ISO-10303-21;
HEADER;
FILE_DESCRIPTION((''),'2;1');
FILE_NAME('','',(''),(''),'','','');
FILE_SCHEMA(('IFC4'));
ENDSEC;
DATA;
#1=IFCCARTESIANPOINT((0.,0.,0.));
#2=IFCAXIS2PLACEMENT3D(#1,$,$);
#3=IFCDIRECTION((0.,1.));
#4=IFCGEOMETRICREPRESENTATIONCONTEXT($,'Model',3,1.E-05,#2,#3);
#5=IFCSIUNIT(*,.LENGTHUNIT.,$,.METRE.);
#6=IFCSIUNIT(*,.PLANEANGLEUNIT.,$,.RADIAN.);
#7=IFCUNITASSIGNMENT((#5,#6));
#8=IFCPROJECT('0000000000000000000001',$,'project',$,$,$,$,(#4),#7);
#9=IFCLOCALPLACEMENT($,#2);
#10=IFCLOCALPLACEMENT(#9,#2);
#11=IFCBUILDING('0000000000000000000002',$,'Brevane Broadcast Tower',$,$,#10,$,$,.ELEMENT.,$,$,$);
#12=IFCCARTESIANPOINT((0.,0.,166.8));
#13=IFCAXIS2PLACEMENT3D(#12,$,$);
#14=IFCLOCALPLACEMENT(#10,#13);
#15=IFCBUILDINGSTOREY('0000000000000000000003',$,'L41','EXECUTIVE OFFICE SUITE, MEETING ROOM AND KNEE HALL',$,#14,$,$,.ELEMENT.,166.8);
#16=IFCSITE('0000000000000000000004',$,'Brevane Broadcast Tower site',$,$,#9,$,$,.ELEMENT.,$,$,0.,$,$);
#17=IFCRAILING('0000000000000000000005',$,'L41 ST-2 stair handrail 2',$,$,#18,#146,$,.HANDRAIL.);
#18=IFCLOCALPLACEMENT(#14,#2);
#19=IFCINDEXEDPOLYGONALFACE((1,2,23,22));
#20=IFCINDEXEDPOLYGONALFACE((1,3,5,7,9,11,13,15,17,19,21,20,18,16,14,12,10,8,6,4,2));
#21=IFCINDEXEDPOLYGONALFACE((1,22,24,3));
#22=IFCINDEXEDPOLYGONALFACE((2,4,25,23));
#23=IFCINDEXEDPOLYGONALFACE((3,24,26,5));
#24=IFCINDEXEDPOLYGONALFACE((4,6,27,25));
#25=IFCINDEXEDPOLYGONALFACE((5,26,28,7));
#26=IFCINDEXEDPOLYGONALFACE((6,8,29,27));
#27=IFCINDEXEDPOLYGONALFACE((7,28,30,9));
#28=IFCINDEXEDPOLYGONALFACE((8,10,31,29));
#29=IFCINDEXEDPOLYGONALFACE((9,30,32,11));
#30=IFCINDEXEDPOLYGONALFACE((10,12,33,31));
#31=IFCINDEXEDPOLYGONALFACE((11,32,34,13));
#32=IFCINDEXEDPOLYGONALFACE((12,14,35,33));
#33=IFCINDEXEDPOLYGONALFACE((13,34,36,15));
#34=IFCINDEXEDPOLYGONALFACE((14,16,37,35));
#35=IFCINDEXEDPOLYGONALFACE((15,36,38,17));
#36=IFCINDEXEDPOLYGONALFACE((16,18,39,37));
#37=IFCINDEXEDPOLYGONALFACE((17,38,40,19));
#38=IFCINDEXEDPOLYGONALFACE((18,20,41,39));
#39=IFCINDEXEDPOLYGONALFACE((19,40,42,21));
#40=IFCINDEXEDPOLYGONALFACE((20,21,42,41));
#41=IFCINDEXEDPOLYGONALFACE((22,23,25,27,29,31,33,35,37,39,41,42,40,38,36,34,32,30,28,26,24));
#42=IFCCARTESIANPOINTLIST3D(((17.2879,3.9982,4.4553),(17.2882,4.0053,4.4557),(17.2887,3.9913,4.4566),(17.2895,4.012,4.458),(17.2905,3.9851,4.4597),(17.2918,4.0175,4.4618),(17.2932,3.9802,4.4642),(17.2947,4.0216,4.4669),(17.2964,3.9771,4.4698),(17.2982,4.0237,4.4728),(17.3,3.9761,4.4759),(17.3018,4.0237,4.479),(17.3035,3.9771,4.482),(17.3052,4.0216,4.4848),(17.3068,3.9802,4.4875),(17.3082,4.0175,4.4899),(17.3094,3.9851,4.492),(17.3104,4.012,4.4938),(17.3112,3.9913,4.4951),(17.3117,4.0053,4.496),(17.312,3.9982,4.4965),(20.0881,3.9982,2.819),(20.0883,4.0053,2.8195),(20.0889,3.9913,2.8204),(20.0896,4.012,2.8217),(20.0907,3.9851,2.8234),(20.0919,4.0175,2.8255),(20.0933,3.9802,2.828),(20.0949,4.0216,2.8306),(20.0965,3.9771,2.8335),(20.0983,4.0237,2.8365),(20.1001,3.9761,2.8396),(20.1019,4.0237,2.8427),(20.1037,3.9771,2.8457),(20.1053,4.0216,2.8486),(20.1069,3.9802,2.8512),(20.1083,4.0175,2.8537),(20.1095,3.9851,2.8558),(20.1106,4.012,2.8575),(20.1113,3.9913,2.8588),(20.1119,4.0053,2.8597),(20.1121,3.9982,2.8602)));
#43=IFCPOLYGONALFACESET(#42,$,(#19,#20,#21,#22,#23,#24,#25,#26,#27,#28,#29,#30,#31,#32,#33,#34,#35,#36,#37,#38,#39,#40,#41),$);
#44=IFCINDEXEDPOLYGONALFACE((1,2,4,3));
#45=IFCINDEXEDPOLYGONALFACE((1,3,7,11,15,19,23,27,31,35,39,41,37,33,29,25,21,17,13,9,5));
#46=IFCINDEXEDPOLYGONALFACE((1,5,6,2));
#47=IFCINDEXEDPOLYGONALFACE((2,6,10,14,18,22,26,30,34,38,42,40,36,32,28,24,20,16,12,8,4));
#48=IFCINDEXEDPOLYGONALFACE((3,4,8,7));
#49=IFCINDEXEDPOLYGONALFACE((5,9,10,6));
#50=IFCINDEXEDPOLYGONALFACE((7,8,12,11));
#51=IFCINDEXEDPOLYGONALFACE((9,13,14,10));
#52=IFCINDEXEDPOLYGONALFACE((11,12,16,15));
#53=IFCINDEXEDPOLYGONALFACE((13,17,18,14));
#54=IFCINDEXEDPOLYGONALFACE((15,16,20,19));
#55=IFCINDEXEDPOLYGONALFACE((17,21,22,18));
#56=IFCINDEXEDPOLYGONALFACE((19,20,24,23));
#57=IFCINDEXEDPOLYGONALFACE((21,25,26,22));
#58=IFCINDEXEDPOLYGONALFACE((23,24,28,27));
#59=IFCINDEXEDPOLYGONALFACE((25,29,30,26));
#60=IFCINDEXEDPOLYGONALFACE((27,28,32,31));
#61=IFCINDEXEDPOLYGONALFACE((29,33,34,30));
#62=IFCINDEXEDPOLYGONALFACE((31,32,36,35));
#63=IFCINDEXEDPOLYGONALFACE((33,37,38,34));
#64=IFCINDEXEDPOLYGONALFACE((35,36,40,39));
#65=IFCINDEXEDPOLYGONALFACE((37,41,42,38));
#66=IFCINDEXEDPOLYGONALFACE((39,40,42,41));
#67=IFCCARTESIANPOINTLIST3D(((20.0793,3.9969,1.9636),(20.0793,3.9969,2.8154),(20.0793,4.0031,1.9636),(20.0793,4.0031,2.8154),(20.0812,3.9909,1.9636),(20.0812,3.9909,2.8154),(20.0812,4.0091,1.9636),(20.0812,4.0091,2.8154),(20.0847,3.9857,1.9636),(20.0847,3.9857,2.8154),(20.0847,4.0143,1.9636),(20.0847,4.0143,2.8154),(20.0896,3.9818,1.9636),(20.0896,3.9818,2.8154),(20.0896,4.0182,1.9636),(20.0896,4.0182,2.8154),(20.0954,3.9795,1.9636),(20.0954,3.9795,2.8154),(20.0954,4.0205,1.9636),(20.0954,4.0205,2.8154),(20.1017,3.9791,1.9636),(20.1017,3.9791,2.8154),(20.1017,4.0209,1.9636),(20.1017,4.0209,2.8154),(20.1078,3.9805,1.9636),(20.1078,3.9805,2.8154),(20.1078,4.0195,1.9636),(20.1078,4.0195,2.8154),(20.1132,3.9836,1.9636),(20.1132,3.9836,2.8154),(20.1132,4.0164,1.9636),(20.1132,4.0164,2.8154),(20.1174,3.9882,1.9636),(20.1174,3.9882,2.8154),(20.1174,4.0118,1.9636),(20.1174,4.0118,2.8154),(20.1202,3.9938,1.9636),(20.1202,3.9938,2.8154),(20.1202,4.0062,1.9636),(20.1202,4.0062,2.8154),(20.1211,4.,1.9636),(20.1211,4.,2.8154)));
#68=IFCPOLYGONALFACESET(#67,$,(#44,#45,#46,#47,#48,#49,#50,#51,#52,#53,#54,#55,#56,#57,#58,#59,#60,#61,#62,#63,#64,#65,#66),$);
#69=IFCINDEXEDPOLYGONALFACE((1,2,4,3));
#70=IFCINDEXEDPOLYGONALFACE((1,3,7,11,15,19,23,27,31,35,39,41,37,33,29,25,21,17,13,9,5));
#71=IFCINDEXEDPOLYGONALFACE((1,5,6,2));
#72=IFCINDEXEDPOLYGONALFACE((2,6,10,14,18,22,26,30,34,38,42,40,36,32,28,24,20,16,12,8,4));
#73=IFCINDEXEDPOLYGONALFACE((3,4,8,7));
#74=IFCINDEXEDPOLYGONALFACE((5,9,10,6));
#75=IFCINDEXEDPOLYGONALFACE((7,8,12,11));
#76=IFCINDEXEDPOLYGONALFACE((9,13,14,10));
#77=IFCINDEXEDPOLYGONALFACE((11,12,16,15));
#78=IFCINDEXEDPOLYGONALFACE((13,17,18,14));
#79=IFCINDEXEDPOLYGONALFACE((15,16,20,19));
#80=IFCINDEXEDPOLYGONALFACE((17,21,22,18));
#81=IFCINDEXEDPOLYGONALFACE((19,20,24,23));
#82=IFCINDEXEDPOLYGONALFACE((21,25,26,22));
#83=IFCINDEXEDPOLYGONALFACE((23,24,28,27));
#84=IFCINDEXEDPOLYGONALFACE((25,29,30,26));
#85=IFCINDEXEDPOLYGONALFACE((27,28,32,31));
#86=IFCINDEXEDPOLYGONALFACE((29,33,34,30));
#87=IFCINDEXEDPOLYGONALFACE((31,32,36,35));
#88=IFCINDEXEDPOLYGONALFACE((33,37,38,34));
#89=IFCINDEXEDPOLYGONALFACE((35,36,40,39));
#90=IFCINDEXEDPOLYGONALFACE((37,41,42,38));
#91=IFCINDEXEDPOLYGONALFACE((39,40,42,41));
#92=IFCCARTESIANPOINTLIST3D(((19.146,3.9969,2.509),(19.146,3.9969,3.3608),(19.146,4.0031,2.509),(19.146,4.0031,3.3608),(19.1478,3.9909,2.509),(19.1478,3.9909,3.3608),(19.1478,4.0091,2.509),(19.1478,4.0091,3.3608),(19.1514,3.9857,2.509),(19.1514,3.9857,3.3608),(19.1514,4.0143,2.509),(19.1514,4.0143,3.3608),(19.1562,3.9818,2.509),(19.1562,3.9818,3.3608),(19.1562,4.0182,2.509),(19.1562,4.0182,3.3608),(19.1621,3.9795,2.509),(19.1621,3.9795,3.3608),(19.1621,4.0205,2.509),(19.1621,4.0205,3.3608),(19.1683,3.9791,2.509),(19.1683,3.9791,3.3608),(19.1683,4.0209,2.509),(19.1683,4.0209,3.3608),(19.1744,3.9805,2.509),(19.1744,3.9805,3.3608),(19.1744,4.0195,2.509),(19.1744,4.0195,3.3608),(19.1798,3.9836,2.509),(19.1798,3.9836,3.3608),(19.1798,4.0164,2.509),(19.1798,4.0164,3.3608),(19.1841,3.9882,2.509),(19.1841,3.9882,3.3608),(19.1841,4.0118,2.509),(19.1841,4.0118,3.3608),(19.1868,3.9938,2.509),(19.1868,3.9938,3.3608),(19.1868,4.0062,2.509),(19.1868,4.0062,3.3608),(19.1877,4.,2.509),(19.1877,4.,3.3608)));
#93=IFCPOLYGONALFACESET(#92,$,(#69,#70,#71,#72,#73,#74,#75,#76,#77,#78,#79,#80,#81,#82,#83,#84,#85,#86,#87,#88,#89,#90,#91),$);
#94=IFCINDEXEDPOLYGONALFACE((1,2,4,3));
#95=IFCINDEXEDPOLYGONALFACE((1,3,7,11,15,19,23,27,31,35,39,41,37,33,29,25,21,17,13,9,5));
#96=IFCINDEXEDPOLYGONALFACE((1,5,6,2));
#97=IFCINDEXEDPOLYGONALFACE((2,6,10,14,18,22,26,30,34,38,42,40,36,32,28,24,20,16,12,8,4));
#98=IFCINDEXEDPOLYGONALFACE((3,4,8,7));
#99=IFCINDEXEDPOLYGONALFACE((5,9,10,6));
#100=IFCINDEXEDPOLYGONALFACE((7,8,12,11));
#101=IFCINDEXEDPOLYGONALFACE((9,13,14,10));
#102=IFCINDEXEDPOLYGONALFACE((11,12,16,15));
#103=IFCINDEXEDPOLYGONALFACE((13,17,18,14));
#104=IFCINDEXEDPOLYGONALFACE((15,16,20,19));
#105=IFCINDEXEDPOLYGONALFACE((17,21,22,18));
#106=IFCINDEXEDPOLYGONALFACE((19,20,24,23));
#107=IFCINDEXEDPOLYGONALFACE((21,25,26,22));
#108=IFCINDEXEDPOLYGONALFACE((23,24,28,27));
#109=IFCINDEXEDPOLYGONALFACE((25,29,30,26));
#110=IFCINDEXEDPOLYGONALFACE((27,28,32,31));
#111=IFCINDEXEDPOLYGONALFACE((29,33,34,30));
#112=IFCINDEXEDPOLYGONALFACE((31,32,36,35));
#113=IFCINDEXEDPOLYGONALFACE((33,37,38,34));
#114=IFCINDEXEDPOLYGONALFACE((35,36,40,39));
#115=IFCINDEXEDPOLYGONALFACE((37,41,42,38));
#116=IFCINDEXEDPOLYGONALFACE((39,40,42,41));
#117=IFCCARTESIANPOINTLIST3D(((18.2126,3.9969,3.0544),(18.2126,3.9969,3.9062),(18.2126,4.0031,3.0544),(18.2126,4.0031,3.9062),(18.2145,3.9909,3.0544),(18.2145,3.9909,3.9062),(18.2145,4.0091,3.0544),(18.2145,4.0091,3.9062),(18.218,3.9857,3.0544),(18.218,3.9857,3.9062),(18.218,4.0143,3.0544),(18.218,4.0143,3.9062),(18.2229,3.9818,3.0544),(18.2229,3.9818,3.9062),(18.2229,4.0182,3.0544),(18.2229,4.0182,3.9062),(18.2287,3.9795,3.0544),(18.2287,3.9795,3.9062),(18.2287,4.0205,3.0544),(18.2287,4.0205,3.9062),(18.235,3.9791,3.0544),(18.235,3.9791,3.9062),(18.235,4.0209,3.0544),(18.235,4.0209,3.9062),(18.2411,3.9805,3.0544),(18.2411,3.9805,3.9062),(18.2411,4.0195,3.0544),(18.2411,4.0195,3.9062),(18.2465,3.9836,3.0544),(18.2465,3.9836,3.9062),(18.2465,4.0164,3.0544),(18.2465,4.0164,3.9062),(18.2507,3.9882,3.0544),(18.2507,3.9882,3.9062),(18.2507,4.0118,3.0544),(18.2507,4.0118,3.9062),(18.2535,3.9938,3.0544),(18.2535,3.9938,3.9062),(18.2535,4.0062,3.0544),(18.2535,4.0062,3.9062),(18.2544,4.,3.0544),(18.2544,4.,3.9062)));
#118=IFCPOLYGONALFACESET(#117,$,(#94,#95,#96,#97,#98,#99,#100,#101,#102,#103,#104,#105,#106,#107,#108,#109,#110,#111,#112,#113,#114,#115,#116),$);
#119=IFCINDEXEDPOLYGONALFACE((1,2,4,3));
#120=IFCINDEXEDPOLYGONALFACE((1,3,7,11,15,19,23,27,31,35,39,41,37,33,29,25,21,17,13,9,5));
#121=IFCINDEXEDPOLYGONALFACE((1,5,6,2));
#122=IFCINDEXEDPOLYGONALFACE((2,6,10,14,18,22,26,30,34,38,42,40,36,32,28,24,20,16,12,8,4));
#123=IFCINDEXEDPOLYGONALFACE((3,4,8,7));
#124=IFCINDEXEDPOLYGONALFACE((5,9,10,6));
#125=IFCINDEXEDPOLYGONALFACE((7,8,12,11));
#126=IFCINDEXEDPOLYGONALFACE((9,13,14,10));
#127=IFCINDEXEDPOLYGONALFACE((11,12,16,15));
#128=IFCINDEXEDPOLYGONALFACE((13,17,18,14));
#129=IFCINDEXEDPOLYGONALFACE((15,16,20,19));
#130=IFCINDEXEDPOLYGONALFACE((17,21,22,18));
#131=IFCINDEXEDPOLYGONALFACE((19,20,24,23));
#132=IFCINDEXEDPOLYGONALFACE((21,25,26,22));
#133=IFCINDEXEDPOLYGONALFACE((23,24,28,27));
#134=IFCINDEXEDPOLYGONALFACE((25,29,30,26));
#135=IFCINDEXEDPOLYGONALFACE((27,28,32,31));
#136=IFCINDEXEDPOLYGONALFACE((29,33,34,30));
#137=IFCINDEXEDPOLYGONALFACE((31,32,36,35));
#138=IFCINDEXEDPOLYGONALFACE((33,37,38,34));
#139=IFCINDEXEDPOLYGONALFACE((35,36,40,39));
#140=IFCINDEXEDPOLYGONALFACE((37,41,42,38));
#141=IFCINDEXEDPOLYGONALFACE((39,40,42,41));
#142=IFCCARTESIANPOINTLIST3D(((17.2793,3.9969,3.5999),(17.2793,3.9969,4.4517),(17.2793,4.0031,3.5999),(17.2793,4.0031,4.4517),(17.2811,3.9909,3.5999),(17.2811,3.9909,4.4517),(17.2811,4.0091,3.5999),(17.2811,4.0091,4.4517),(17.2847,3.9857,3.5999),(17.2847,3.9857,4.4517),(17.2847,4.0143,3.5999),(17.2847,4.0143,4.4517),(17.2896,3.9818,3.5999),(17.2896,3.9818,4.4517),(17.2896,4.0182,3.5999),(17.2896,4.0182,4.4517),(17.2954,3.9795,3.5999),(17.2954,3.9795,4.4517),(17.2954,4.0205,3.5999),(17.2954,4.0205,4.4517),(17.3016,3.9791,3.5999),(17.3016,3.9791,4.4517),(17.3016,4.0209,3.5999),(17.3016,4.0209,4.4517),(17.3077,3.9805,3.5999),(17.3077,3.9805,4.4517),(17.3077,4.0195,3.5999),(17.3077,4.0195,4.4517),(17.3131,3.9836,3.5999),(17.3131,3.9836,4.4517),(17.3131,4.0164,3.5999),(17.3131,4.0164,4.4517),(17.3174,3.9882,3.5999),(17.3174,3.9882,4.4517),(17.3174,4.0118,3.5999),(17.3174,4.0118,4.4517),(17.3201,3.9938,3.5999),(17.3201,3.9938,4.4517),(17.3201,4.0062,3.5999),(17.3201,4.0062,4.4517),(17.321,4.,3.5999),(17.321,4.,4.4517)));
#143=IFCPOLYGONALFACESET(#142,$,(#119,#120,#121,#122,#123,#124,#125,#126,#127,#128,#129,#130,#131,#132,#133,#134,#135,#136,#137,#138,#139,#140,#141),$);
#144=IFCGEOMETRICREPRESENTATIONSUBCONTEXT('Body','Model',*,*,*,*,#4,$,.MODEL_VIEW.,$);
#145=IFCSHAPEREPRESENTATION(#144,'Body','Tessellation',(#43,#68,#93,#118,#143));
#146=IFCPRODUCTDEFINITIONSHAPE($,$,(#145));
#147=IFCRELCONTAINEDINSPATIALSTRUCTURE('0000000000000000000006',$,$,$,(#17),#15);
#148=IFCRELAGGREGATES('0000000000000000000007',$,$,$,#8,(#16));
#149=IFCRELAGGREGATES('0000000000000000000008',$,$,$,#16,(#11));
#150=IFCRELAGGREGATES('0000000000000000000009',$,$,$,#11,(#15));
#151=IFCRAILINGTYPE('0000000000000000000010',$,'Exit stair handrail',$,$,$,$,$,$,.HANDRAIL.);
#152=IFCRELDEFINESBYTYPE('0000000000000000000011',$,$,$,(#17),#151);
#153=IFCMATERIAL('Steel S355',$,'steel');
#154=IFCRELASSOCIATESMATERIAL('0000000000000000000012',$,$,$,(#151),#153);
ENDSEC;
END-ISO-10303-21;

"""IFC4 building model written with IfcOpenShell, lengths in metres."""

from ifc_helpers import new_model, si_unit, direction, frame, origin, origin_2d, place, context, subcontext, project, spatial, circle, extrude, material, type_object, element, save


model = new_model("IFC4")

# Units and contexts
model_context = context("Model", 3, precision=1e-05, world=origin(), true_north=direction((0.0, 1.0)))
body_context = subcontext(model_context, "Body", "Model", "MODEL_VIEW")
ifc_project = project(units=[si_unit("LENGTHUNIT", "METRE"), si_unit("PLANEANGLEUNIT", "RADIAN")], contexts=[model_context])

# Site, building, storey
site_placement = place(None, origin())
site = spatial("IfcSite", under=ifc_project, at=site_placement, Name="Brevane Broadcast Tower site", CompositionType="ELEMENT", RefElevation=0.0)
building_placement = place(site_placement, origin())
building = spatial("IfcBuilding", under=site, at=building_placement, Name="Brevane Broadcast Tower", CompositionType="ELEMENT")
storey_placement = place(building_placement, frame((0.0, 0.0, 166.8)))
storey = spatial("IfcBuildingStorey", under=building, at=storey_placement, Name="L41", Description="EXECUTIVE OFFICE SUITE, MEETING ROOM AND KNEE HALL", CompositionType="ELEMENT", Elevation=166.8)

# Railing
ifc_material_1 = material(Name="Steel S355", Category="steel")
railing_type_1 = type_object("IfcRailingType", Name="Exit stair handrail", PredefinedType="HANDRAIL", material=ifc_material_1)
railing_1_placement = place(storey_placement, frame((20.1001, 4.0, 1.9636)))
element("IfcRailing", 1, at=railing_1_placement, inside=storey, type_object=railing_type_1, Name="L41 ST-2 stair handrail 2", PredefinedType="HANDRAIL", context=body_context, shape_type="SweptSolid", body=[
    extrude(circle(Radius=0.0239, at=origin_2d()), frame((0.0, 0.0, 0.876), z_axis=(-0.863394, 0.0, 0.504531), x_axis=(0.0, -1.0, 0.0)), (0.0, 0.0, 1.0), 3.2432),
    extrude(circle(Radius=0.021, at=origin_2d()), origin(), (0.0, 0.0, 1.0), 0.8518),
    extrude(circle(Radius=0.021, at=origin_2d()), frame((-0.9333, 0.0, 0.5454)), (0.0, 0.0, 1.0), 0.8518),
    extrude(circle(Radius=0.021, at=origin_2d()), frame((-1.8667, 0.0, 1.0908)), (0.0, 0.0, 1.0), 0.8518),
    extrude(circle(Radius=0.021, at=origin_2d()), frame((-2.8, 0.0, 1.6362)), (0.0, 0.0, 1.0), 0.8518),
])

save(model, "model.ifc")
